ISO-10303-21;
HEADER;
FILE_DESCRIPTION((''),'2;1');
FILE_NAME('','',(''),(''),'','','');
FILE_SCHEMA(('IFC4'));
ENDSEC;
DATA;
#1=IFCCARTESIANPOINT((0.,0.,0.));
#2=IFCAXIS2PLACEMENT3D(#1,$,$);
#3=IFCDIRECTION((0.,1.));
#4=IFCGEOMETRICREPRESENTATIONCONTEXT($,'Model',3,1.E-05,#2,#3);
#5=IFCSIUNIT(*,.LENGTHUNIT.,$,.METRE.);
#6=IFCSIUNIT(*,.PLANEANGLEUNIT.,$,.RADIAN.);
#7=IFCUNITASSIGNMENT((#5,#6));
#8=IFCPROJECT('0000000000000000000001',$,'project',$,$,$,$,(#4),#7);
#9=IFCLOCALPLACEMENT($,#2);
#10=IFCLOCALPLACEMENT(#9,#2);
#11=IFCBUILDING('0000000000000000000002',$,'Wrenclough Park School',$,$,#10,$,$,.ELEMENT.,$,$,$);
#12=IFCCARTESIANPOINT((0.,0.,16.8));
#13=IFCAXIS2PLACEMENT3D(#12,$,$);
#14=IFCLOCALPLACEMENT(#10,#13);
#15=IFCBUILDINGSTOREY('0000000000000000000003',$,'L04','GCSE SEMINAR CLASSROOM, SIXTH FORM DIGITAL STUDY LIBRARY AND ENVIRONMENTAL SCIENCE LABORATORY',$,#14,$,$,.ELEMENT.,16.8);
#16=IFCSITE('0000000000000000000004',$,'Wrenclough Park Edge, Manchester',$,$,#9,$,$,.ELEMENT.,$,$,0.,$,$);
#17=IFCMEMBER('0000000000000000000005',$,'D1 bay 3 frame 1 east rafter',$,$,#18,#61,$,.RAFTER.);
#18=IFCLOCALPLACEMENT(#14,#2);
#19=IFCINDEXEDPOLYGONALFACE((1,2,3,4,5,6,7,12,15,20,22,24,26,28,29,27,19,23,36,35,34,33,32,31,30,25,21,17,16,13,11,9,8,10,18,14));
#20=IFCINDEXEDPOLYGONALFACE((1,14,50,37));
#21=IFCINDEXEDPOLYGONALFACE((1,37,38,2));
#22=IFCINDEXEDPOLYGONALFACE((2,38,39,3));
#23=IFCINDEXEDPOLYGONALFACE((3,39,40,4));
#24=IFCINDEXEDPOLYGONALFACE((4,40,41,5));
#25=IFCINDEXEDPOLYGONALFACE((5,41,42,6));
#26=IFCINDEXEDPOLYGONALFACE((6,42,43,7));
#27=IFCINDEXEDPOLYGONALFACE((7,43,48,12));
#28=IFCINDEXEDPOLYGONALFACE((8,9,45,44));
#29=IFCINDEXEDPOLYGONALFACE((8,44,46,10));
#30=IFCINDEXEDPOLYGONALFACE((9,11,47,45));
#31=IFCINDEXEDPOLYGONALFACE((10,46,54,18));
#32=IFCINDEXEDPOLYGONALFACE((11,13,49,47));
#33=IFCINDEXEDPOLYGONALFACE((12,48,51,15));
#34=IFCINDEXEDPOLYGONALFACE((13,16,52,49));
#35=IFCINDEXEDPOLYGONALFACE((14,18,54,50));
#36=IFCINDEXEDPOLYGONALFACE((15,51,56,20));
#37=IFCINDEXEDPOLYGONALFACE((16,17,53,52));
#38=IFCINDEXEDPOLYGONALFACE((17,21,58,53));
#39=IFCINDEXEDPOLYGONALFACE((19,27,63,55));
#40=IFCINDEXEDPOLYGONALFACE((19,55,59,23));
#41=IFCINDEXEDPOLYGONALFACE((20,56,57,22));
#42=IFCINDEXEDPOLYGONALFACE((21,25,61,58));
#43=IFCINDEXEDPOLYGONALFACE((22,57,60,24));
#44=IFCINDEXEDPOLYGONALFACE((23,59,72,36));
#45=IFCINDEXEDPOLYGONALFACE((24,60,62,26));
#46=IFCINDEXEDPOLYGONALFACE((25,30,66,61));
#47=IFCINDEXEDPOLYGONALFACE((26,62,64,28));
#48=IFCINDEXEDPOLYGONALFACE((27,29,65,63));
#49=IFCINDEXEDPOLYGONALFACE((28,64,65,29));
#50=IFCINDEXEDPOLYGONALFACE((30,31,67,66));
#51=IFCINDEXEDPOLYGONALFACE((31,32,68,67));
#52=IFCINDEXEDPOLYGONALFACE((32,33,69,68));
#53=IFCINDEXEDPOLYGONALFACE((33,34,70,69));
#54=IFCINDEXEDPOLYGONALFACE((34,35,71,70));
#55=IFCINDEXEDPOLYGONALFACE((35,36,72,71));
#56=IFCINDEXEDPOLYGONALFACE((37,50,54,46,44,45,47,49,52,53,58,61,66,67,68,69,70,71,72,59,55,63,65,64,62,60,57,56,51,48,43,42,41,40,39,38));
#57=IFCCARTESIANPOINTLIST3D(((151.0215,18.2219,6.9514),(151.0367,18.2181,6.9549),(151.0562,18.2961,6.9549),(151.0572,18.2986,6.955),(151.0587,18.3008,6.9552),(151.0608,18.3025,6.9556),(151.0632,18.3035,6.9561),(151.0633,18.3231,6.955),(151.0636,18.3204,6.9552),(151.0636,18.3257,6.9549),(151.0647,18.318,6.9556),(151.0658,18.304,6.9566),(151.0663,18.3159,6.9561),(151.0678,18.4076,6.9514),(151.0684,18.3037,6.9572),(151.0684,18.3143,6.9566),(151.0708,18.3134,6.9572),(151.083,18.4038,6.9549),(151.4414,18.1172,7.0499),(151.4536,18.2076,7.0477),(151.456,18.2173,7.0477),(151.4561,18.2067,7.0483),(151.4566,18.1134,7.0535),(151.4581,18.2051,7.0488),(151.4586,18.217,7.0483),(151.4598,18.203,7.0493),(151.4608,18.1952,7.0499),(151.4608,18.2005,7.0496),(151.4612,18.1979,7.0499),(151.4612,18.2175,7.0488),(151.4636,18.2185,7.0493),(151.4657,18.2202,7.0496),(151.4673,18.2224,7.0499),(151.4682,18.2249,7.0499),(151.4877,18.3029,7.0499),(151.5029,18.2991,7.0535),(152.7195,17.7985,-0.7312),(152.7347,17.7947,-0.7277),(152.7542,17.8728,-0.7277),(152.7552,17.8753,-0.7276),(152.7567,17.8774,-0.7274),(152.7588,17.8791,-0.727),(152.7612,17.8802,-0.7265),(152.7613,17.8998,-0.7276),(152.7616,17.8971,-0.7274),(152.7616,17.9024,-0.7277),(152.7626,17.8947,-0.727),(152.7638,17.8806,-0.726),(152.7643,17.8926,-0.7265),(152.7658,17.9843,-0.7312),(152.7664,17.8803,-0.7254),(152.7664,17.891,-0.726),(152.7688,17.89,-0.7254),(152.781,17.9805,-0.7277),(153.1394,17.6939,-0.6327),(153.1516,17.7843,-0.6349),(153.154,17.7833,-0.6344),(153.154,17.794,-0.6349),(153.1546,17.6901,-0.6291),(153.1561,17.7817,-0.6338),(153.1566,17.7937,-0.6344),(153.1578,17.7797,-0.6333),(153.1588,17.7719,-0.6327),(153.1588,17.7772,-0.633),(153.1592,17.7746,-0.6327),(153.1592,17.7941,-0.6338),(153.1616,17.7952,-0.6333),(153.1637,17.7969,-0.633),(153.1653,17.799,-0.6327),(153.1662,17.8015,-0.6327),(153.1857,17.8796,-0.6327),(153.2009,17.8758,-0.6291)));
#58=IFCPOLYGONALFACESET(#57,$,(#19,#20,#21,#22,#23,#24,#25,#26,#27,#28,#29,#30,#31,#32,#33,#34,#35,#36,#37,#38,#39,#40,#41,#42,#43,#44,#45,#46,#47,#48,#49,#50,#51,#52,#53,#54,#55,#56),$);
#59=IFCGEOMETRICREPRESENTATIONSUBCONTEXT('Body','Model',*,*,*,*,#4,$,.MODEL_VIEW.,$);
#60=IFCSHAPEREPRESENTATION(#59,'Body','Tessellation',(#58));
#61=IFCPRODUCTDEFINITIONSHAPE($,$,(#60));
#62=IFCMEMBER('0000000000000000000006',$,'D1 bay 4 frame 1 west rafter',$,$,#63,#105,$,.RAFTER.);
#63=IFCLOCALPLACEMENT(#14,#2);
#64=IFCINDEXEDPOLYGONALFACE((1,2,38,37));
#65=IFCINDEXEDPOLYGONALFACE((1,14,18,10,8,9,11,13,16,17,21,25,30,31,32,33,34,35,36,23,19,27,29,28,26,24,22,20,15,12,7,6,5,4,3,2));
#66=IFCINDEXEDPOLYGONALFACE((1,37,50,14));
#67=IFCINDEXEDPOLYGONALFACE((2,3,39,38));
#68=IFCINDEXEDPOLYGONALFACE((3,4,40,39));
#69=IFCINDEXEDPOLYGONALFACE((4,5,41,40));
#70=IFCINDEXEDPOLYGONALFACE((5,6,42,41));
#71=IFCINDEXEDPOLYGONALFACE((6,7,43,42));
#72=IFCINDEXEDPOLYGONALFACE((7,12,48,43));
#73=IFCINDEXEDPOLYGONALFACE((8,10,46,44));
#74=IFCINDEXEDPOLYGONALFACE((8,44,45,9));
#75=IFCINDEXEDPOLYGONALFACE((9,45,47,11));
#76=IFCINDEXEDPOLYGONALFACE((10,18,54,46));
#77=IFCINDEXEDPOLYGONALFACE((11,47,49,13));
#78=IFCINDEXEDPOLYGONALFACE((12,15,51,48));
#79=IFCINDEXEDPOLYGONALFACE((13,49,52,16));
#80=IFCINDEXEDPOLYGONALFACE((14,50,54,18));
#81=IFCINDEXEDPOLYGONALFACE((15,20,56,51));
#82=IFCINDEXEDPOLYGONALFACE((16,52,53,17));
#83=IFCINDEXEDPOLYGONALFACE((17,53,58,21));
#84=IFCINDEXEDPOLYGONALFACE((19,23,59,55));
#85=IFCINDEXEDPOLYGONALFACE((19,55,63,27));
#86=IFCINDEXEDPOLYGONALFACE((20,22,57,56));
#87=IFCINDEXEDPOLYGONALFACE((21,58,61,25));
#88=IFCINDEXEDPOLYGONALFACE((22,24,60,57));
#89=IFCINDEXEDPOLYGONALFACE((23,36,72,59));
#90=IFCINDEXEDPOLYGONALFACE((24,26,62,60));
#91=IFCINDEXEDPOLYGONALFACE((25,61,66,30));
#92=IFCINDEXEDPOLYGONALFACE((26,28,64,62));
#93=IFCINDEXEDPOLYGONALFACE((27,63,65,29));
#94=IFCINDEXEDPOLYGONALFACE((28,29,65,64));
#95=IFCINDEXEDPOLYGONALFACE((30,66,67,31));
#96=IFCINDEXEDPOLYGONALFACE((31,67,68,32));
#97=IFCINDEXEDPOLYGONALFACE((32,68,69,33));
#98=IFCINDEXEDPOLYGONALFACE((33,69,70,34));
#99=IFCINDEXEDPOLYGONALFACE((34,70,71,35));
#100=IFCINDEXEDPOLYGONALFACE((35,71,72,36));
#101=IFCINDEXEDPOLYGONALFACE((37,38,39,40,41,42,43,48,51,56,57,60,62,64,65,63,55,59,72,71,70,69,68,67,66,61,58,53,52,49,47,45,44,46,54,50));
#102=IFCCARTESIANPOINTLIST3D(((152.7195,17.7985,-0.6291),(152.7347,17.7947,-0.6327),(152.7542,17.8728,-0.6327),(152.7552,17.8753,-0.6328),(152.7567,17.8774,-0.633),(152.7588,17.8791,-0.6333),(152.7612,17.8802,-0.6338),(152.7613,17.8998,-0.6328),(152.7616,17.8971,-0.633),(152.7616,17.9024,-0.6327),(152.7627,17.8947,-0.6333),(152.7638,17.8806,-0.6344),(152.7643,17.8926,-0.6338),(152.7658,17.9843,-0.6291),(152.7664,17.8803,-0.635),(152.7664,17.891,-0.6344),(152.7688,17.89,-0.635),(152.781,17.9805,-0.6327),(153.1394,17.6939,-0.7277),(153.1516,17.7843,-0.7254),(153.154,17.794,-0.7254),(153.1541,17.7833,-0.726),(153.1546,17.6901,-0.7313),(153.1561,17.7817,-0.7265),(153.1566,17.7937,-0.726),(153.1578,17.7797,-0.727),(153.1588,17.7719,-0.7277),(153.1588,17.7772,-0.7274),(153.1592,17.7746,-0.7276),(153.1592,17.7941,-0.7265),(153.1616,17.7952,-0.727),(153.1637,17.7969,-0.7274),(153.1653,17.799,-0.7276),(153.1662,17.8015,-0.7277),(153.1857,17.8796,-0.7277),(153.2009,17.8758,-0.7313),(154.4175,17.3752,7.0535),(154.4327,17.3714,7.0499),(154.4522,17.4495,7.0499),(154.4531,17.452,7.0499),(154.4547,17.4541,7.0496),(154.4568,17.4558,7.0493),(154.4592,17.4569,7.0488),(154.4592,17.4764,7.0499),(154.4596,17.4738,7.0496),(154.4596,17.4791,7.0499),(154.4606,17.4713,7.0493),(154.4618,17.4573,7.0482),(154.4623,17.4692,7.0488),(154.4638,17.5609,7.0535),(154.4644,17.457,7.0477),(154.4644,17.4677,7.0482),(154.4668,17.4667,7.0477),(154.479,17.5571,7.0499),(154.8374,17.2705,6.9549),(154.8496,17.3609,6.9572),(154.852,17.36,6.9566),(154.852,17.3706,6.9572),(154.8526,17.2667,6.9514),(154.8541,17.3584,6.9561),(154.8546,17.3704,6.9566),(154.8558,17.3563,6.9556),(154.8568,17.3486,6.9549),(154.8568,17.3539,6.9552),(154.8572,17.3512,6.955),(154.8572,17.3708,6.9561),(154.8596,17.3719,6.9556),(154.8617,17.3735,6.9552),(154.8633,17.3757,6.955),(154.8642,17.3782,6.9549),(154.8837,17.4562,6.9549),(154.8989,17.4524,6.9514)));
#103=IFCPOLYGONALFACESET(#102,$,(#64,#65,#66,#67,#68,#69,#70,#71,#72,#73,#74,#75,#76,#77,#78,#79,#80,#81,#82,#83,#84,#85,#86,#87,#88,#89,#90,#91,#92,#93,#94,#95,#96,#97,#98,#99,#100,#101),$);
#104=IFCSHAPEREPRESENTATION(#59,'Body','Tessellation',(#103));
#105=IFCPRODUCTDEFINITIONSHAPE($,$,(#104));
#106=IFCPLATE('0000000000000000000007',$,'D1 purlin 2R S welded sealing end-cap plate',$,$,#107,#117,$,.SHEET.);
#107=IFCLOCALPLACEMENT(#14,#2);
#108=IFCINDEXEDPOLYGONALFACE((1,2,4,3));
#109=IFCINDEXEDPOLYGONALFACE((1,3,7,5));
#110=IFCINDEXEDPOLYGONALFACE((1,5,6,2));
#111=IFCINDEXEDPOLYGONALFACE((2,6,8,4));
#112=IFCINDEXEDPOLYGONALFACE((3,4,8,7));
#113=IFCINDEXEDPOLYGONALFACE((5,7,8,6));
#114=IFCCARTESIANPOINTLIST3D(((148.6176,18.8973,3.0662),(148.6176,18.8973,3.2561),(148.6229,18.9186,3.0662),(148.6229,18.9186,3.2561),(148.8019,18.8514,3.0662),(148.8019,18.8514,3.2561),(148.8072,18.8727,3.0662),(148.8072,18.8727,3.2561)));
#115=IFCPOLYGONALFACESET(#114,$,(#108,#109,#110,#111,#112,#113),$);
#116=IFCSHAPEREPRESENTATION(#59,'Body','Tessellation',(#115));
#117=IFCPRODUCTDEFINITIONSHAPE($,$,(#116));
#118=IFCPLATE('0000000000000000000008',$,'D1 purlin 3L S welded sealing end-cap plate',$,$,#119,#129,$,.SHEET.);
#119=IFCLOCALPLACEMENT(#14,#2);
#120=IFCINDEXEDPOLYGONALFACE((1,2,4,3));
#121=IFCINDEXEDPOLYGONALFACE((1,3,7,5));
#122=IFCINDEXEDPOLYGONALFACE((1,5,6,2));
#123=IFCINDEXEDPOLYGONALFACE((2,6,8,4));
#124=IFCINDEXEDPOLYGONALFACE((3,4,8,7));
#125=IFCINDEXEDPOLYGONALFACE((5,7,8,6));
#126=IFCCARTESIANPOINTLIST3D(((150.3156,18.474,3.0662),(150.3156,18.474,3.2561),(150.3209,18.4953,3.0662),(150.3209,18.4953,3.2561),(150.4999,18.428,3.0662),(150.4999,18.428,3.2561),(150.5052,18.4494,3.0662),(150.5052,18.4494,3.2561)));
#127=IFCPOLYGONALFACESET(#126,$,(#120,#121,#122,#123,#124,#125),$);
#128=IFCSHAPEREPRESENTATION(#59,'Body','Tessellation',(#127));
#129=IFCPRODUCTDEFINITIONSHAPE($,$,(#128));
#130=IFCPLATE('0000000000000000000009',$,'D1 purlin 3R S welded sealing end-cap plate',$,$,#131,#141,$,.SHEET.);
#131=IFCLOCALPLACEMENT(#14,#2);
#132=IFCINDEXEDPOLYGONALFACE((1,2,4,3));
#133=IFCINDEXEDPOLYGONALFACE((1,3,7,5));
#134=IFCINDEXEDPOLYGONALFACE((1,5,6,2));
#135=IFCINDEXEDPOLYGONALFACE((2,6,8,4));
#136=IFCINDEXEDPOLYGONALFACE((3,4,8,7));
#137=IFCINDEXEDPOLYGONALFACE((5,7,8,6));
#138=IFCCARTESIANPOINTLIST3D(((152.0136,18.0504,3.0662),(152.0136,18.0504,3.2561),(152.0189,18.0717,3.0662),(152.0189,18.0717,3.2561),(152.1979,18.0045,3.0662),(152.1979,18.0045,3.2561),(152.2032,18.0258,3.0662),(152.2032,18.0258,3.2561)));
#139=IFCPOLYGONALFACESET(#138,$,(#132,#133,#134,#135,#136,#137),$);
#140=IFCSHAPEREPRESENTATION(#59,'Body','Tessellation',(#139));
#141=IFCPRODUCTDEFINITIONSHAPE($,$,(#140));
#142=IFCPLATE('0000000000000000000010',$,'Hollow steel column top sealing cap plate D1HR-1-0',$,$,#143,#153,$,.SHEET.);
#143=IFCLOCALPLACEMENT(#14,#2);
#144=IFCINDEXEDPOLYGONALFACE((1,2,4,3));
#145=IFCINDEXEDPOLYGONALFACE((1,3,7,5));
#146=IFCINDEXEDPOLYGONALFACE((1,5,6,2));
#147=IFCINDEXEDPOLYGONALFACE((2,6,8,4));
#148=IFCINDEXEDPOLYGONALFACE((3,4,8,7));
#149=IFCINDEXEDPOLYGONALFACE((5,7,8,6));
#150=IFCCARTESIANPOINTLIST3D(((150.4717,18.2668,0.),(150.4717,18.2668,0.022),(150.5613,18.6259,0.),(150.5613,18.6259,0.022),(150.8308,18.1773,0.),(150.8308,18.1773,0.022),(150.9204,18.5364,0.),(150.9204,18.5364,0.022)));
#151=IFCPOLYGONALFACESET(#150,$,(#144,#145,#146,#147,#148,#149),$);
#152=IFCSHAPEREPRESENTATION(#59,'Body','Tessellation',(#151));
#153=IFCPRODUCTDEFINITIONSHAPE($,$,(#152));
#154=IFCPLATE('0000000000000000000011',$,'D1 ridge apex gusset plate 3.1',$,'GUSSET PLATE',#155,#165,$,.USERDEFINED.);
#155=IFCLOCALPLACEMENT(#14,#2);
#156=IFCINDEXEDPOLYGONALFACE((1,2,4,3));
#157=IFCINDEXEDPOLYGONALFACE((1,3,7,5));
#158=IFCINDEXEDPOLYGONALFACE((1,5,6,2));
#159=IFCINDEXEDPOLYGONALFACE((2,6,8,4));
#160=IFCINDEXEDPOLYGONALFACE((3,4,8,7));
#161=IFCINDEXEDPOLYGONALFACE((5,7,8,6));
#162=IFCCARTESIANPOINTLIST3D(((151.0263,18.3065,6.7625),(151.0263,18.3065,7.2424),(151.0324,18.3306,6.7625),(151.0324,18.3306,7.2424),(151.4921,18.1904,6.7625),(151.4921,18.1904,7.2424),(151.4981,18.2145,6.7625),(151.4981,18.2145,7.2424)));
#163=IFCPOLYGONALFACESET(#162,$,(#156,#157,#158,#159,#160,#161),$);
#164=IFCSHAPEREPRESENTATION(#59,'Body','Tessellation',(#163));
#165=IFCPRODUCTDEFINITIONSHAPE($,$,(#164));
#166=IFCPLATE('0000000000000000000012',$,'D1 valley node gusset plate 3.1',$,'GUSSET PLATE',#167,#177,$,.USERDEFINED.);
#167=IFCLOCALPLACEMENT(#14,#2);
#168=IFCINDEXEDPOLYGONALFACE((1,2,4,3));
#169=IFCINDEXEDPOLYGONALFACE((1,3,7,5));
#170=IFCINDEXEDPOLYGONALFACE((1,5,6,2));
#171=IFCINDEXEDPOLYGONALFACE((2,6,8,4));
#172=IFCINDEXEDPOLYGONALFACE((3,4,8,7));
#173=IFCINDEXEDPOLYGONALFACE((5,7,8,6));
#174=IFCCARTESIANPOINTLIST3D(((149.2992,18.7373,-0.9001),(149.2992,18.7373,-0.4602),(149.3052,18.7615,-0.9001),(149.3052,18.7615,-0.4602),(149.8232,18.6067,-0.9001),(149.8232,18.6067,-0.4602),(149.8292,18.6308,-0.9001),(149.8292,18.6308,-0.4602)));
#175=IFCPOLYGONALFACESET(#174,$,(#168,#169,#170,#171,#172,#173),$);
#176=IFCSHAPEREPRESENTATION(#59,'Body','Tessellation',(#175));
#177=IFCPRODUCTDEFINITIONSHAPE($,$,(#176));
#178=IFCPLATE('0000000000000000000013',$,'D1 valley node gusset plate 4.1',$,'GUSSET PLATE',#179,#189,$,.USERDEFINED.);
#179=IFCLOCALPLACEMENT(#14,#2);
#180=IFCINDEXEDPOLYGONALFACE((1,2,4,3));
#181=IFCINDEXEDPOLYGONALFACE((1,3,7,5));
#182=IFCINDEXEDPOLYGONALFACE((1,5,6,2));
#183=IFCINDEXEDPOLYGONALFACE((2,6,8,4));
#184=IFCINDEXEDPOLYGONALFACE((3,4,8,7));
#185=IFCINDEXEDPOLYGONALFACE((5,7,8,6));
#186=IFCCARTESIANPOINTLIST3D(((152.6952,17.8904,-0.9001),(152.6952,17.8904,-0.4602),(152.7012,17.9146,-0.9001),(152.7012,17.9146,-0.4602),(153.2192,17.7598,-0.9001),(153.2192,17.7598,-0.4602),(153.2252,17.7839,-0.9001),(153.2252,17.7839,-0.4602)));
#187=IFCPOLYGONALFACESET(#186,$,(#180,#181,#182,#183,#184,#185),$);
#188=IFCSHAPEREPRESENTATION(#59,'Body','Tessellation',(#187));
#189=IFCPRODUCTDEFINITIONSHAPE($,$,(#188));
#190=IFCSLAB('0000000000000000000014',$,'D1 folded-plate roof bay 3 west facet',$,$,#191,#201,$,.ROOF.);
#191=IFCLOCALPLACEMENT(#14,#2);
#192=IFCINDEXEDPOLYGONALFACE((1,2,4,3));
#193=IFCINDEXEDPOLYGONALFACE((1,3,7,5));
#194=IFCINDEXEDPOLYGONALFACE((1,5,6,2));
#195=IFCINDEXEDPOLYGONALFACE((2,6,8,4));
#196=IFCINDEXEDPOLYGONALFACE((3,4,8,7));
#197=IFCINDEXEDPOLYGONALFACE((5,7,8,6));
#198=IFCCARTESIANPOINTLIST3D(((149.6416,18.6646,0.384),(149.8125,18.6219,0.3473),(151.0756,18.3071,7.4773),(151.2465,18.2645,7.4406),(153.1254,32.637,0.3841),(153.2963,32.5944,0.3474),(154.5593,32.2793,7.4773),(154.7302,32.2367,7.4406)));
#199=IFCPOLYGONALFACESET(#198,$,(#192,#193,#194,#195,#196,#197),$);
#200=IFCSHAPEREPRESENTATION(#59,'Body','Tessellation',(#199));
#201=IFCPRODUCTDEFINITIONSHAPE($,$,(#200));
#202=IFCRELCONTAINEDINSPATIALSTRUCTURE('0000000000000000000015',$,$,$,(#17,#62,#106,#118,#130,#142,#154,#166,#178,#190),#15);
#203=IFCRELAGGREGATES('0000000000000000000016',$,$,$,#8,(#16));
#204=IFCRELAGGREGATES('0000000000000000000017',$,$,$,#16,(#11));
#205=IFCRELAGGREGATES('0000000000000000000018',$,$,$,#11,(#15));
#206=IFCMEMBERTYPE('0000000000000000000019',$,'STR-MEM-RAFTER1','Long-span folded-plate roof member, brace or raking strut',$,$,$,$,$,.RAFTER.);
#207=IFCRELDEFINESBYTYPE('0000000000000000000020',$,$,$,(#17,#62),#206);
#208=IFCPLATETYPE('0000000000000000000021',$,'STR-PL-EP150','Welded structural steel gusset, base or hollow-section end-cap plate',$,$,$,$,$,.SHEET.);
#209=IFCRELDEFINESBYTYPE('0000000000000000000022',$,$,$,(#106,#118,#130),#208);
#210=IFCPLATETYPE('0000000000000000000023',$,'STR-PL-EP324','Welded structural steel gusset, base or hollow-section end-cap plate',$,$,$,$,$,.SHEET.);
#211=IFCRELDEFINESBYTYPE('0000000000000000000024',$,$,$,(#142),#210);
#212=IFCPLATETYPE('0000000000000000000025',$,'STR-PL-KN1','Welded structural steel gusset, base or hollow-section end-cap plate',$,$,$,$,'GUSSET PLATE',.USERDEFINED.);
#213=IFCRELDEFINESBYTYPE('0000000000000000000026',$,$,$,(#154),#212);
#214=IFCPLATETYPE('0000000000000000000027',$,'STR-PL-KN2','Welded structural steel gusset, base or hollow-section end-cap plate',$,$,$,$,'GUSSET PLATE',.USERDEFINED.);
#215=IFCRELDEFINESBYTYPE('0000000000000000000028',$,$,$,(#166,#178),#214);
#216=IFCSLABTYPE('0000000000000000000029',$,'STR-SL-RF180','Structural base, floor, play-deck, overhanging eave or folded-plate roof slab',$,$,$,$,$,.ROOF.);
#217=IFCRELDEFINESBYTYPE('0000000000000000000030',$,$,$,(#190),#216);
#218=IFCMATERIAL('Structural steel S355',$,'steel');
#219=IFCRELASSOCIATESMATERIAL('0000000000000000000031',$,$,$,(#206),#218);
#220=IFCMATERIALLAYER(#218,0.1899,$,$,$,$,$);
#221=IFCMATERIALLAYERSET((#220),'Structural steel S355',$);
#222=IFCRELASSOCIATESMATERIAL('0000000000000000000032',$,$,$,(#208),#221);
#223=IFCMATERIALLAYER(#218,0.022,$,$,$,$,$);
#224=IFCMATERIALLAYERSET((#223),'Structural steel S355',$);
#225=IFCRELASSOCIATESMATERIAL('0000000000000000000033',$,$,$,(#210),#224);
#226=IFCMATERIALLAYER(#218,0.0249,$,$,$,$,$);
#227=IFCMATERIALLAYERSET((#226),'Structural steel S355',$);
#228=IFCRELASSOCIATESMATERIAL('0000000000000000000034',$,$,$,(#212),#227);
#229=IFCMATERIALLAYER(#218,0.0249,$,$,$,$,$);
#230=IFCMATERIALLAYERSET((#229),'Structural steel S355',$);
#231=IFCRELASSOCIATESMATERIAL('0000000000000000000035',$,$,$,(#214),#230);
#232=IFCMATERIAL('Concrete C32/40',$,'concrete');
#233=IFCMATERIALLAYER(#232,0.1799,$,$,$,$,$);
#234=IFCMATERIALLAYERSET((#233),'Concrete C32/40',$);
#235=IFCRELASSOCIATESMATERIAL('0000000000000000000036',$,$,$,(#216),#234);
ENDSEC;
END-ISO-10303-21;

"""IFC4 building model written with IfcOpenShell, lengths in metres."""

from ifc_helpers import new_model, si_unit, direction, frame, origin, origin_2d, place, context, subcontext, project, spatial, polyline, rectangle, i_section, outline, extrude, material, layer, layer_set, material_profile, profile_set, type_object, element, save


model = new_model("IFC4")

# Units and contexts
model_context = context("Model", 3, precision=1e-05, world=origin(), true_north=direction((0.0, 1.0)))
body_context = subcontext(model_context, "Body", "Model", "MODEL_VIEW")
ifc_project = project(units=[si_unit("LENGTHUNIT", "METRE"), si_unit("PLANEANGLEUNIT", "RADIAN")], contexts=[model_context])

# Site, building, storey
site_placement = place(None, origin())
site = spatial("IfcSite", under=ifc_project, at=site_placement, Name="Wrenclough Park Edge, Manchester", CompositionType="ELEMENT", RefElevation=0.0)
building_placement = place(site_placement, origin())
building = spatial("IfcBuilding", under=site, at=building_placement, Name="Wrenclough Park School", CompositionType="ELEMENT")
storey_placement = place(building_placement, frame((0.0, 0.0, 16.8)))
storey = spatial("IfcBuildingStorey", under=building, at=storey_placement, Name="L04", Description="GCSE SEMINAR CLASSROOM, SIXTH FORM DIGITAL STUDY LIBRARY AND ENVIRONMENTAL SCIENCE LABORATORY", CompositionType="ELEMENT", Elevation=16.8)

# Members
ifc_material_1 = material(Name="Structural steel S355", Category="steel")
ifc_material_profile_1 = material_profile(ifc_material_1, i_section(OverallWidth=0.1914, OverallDepth=0.46, WebThickness=0.01, FlangeThickness=0.0161, FilletRadius=0.0103, at=origin_2d()), Name="UKB 457x191x82")
ifc_profile_set_1 = profile_set([ifc_material_profile_1], Name="Structural steel S355")
member_type_1 = type_object("IfcMemberType", Name="STR-MEM-RAFTER1", Description="Long-span folded-plate roof member, brace or raking strut", PredefinedType="RAFTER", material=ifc_profile_set_1)
for number, where, z_axis, x_axis, name in (
    (1, (151.2622, 18.2605, 7.0024), (0.215498, -0.053727, -0.975025), (0.241912, 0.970298, 0.0), "D1 bay 3 frame 1 east rafter"),
    (2, (152.9602, 17.8372, -0.6802), (0.215498, -0.053727, 0.975025), (0.241912, 0.970298, 0.0), "D1 bay 4 frame 1 west rafter"),
):
    element("IfcMember", number, at=place(storey_placement, frame(where, z_axis=z_axis, x_axis=x_axis)), inside=storey, type_object=member_type_1, Name=name, PredefinedType="RAFTER", context=body_context, shape_type="SweptSolid", body=[
        extrude(i_section(OverallWidth=0.1914, OverallDepth=0.46, WebThickness=0.01, FlangeThickness=0.0161, FilletRadius=0.0103, at=origin_2d()), origin(), (0.0, 0.0, 1.0), 7.8794),
    ])

# Plates
ifc_layer_1 = layer(ifc_material_1, 0.1899)
ifc_layer_set_1 = layer_set([ifc_layer_1], Name="Structural steel S355")
plate_type_1 = type_object("IfcPlateType", Name="STR-PL-EP150", Description="Welded structural steel gusset, base or hollow-section end-cap plate", PredefinedType="SHEET", material=ifc_layer_set_1)
for number, where, z_axis, x_axis, name in (
    (3, (148.7124, 18.885, 3.0662), (0.0, 0.0, 1.0), (0.241922, 0.970296, 0.0), "D1 purlin 2R S welded sealing end-cap plate"),
    (4, (150.4104, 18.4617, 3.0662), (0.0, 0.0, 1.0), (0.241922, 0.970296, 0.0), "D1 purlin 3L S welded sealing end-cap plate"),
    (5, (152.1084, 18.0381, 3.0662), (0.0, 0.0, 1.0), (0.241922, 0.970296, 0.0), "D1 purlin 3R S welded sealing end-cap plate"),
):
    element("IfcPlate", number, at=place(storey_placement, frame(where, z_axis=z_axis, x_axis=x_axis)), inside=storey, type_object=plate_type_1, Name=name, PredefinedType="SHEET", context=body_context, shape_type="SweptSolid", body=[
        extrude(rectangle(XDim=0.022, YDim=0.1899, at=origin_2d()), origin(), (0.0, 0.0, 1.0), 0.1899),
    ])
ifc_layer_2 = layer(ifc_material_1, 0.022)
ifc_layer_set_2 = layer_set([ifc_layer_2], Name="Structural steel S355")
plate_type_2 = type_object("IfcPlateType", Name="STR-PL-EP324", Description="Welded structural steel gusset, base or hollow-section end-cap plate", PredefinedType="SHEET", material=ifc_layer_set_2)
plate_1_placement = place(storey_placement, frame((150.696, 18.4016, 0.0), z_axis=(0.0, 0.0, 1.0), x_axis=(0.970296, -0.241922, 0.0)))
element("IfcPlate", 6, at=plate_1_placement, inside=storey, type_object=plate_type_2, Name="Hollow steel column top sealing cap plate D1HR-1-0", PredefinedType="SHEET", context=body_context, shape_type="SweptSolid", body=[
    extrude(rectangle(XDim=0.3701, YDim=0.3701, at=origin_2d()), origin(), (0.0, 0.0, 1.0), 0.022),
])
ifc_layer_3 = layer(ifc_material_1, 0.0249)
ifc_layer_set_3 = layer_set([ifc_layer_3], Name="Structural steel S355")
plate_type_3 = type_object("IfcPlateType", Name="STR-PL-KN1", Description="Welded structural steel gusset, base or hollow-section end-cap plate", ElementType="GUSSET PLATE", PredefinedType="USERDEFINED", material=ifc_layer_set_3)
plate_2_placement = place(storey_placement, frame((151.2622, 18.2605, 6.7625), z_axis=(0.0, 0.0, 1.0), x_axis=(0.970296, -0.241922, 0.0)))
element("IfcPlate", 7, at=plate_2_placement, inside=storey, type_object=plate_type_3, Name="D1 ridge apex gusset plate 3.1", ObjectType="GUSSET PLATE", PredefinedType="USERDEFINED", context=body_context, shape_type="SweptSolid", body=[
    extrude(rectangle(XDim=0.48, YDim=0.0249, at=origin_2d()), origin(), (0.0, 0.0, 1.0), 0.48),
])
ifc_layer_4 = layer(ifc_material_1, 0.0249)
ifc_layer_set_4 = layer_set([ifc_layer_4], Name="Structural steel S355")
plate_type_4 = type_object("IfcPlateType", Name="STR-PL-KN2", Description="Welded structural steel gusset, base or hollow-section end-cap plate", ElementType="GUSSET PLATE", PredefinedType="USERDEFINED", material=ifc_layer_set_4)
for number, where, z_axis, x_axis, name in (
    (8, (149.5642, 18.6841, -0.9001), (0.0, 0.0, 1.0), (0.970296, -0.241922, 0.0), "D1 valley node gusset plate 3.1"),
    (9, (152.9602, 17.8372, -0.9001), (0.0, 0.0, 1.0), (0.970296, -0.241922, 0.0), "D1 valley node gusset plate 4.1"),
):
    element("IfcPlate", number, at=place(storey_placement, frame(where, z_axis=z_axis, x_axis=x_axis)), inside=storey, type_object=plate_type_4, Name=name, ObjectType="GUSSET PLATE", PredefinedType="USERDEFINED", context=body_context, shape_type="SweptSolid", body=[
        extrude(rectangle(XDim=0.54, YDim=0.0249, at=origin_2d()), origin(), (0.0, 0.0, 1.0), 0.4399),
    ])

# Slab
ifc_material_2 = material(Name="Concrete C32/40", Category="concrete")
ifc_layer_5 = layer(ifc_material_2, 0.1799)
ifc_layer_set_5 = layer_set([ifc_layer_5], Name="Concrete C32/40")
slab_type = type_object("IfcSlabType", Name="STR-SL-RF180", Description="Structural base, floor, play-deck, overhanging eave or folded-plate roof slab", PredefinedType="ROOF", material=ifc_layer_set_5)
slab_1_placement = place(storey_placement, frame((149.6416, 18.6646, 0.384), z_axis=(-0.949897, 0.236841, 0.203967), x_axis=(0.197913, -0.049327, 0.978978)))
element("IfcSlab", 10, at=slab_1_placement, inside=storey, type_object=slab_type, Name="D1 folded-plate roof bay 3 west facet", PredefinedType="ROOF", context=body_context, shape_type="SweptSolid", body=[
    extrude(outline(polyline([(0.0, 0.0), (7.2456, 0.0), (7.2459, 14.3999), (0.0003, 14.4002), (0.0, 0.0)])), origin(), (0.0, 0.0, -1.0), 0.1799),
])

save(model, "model.ifc")
